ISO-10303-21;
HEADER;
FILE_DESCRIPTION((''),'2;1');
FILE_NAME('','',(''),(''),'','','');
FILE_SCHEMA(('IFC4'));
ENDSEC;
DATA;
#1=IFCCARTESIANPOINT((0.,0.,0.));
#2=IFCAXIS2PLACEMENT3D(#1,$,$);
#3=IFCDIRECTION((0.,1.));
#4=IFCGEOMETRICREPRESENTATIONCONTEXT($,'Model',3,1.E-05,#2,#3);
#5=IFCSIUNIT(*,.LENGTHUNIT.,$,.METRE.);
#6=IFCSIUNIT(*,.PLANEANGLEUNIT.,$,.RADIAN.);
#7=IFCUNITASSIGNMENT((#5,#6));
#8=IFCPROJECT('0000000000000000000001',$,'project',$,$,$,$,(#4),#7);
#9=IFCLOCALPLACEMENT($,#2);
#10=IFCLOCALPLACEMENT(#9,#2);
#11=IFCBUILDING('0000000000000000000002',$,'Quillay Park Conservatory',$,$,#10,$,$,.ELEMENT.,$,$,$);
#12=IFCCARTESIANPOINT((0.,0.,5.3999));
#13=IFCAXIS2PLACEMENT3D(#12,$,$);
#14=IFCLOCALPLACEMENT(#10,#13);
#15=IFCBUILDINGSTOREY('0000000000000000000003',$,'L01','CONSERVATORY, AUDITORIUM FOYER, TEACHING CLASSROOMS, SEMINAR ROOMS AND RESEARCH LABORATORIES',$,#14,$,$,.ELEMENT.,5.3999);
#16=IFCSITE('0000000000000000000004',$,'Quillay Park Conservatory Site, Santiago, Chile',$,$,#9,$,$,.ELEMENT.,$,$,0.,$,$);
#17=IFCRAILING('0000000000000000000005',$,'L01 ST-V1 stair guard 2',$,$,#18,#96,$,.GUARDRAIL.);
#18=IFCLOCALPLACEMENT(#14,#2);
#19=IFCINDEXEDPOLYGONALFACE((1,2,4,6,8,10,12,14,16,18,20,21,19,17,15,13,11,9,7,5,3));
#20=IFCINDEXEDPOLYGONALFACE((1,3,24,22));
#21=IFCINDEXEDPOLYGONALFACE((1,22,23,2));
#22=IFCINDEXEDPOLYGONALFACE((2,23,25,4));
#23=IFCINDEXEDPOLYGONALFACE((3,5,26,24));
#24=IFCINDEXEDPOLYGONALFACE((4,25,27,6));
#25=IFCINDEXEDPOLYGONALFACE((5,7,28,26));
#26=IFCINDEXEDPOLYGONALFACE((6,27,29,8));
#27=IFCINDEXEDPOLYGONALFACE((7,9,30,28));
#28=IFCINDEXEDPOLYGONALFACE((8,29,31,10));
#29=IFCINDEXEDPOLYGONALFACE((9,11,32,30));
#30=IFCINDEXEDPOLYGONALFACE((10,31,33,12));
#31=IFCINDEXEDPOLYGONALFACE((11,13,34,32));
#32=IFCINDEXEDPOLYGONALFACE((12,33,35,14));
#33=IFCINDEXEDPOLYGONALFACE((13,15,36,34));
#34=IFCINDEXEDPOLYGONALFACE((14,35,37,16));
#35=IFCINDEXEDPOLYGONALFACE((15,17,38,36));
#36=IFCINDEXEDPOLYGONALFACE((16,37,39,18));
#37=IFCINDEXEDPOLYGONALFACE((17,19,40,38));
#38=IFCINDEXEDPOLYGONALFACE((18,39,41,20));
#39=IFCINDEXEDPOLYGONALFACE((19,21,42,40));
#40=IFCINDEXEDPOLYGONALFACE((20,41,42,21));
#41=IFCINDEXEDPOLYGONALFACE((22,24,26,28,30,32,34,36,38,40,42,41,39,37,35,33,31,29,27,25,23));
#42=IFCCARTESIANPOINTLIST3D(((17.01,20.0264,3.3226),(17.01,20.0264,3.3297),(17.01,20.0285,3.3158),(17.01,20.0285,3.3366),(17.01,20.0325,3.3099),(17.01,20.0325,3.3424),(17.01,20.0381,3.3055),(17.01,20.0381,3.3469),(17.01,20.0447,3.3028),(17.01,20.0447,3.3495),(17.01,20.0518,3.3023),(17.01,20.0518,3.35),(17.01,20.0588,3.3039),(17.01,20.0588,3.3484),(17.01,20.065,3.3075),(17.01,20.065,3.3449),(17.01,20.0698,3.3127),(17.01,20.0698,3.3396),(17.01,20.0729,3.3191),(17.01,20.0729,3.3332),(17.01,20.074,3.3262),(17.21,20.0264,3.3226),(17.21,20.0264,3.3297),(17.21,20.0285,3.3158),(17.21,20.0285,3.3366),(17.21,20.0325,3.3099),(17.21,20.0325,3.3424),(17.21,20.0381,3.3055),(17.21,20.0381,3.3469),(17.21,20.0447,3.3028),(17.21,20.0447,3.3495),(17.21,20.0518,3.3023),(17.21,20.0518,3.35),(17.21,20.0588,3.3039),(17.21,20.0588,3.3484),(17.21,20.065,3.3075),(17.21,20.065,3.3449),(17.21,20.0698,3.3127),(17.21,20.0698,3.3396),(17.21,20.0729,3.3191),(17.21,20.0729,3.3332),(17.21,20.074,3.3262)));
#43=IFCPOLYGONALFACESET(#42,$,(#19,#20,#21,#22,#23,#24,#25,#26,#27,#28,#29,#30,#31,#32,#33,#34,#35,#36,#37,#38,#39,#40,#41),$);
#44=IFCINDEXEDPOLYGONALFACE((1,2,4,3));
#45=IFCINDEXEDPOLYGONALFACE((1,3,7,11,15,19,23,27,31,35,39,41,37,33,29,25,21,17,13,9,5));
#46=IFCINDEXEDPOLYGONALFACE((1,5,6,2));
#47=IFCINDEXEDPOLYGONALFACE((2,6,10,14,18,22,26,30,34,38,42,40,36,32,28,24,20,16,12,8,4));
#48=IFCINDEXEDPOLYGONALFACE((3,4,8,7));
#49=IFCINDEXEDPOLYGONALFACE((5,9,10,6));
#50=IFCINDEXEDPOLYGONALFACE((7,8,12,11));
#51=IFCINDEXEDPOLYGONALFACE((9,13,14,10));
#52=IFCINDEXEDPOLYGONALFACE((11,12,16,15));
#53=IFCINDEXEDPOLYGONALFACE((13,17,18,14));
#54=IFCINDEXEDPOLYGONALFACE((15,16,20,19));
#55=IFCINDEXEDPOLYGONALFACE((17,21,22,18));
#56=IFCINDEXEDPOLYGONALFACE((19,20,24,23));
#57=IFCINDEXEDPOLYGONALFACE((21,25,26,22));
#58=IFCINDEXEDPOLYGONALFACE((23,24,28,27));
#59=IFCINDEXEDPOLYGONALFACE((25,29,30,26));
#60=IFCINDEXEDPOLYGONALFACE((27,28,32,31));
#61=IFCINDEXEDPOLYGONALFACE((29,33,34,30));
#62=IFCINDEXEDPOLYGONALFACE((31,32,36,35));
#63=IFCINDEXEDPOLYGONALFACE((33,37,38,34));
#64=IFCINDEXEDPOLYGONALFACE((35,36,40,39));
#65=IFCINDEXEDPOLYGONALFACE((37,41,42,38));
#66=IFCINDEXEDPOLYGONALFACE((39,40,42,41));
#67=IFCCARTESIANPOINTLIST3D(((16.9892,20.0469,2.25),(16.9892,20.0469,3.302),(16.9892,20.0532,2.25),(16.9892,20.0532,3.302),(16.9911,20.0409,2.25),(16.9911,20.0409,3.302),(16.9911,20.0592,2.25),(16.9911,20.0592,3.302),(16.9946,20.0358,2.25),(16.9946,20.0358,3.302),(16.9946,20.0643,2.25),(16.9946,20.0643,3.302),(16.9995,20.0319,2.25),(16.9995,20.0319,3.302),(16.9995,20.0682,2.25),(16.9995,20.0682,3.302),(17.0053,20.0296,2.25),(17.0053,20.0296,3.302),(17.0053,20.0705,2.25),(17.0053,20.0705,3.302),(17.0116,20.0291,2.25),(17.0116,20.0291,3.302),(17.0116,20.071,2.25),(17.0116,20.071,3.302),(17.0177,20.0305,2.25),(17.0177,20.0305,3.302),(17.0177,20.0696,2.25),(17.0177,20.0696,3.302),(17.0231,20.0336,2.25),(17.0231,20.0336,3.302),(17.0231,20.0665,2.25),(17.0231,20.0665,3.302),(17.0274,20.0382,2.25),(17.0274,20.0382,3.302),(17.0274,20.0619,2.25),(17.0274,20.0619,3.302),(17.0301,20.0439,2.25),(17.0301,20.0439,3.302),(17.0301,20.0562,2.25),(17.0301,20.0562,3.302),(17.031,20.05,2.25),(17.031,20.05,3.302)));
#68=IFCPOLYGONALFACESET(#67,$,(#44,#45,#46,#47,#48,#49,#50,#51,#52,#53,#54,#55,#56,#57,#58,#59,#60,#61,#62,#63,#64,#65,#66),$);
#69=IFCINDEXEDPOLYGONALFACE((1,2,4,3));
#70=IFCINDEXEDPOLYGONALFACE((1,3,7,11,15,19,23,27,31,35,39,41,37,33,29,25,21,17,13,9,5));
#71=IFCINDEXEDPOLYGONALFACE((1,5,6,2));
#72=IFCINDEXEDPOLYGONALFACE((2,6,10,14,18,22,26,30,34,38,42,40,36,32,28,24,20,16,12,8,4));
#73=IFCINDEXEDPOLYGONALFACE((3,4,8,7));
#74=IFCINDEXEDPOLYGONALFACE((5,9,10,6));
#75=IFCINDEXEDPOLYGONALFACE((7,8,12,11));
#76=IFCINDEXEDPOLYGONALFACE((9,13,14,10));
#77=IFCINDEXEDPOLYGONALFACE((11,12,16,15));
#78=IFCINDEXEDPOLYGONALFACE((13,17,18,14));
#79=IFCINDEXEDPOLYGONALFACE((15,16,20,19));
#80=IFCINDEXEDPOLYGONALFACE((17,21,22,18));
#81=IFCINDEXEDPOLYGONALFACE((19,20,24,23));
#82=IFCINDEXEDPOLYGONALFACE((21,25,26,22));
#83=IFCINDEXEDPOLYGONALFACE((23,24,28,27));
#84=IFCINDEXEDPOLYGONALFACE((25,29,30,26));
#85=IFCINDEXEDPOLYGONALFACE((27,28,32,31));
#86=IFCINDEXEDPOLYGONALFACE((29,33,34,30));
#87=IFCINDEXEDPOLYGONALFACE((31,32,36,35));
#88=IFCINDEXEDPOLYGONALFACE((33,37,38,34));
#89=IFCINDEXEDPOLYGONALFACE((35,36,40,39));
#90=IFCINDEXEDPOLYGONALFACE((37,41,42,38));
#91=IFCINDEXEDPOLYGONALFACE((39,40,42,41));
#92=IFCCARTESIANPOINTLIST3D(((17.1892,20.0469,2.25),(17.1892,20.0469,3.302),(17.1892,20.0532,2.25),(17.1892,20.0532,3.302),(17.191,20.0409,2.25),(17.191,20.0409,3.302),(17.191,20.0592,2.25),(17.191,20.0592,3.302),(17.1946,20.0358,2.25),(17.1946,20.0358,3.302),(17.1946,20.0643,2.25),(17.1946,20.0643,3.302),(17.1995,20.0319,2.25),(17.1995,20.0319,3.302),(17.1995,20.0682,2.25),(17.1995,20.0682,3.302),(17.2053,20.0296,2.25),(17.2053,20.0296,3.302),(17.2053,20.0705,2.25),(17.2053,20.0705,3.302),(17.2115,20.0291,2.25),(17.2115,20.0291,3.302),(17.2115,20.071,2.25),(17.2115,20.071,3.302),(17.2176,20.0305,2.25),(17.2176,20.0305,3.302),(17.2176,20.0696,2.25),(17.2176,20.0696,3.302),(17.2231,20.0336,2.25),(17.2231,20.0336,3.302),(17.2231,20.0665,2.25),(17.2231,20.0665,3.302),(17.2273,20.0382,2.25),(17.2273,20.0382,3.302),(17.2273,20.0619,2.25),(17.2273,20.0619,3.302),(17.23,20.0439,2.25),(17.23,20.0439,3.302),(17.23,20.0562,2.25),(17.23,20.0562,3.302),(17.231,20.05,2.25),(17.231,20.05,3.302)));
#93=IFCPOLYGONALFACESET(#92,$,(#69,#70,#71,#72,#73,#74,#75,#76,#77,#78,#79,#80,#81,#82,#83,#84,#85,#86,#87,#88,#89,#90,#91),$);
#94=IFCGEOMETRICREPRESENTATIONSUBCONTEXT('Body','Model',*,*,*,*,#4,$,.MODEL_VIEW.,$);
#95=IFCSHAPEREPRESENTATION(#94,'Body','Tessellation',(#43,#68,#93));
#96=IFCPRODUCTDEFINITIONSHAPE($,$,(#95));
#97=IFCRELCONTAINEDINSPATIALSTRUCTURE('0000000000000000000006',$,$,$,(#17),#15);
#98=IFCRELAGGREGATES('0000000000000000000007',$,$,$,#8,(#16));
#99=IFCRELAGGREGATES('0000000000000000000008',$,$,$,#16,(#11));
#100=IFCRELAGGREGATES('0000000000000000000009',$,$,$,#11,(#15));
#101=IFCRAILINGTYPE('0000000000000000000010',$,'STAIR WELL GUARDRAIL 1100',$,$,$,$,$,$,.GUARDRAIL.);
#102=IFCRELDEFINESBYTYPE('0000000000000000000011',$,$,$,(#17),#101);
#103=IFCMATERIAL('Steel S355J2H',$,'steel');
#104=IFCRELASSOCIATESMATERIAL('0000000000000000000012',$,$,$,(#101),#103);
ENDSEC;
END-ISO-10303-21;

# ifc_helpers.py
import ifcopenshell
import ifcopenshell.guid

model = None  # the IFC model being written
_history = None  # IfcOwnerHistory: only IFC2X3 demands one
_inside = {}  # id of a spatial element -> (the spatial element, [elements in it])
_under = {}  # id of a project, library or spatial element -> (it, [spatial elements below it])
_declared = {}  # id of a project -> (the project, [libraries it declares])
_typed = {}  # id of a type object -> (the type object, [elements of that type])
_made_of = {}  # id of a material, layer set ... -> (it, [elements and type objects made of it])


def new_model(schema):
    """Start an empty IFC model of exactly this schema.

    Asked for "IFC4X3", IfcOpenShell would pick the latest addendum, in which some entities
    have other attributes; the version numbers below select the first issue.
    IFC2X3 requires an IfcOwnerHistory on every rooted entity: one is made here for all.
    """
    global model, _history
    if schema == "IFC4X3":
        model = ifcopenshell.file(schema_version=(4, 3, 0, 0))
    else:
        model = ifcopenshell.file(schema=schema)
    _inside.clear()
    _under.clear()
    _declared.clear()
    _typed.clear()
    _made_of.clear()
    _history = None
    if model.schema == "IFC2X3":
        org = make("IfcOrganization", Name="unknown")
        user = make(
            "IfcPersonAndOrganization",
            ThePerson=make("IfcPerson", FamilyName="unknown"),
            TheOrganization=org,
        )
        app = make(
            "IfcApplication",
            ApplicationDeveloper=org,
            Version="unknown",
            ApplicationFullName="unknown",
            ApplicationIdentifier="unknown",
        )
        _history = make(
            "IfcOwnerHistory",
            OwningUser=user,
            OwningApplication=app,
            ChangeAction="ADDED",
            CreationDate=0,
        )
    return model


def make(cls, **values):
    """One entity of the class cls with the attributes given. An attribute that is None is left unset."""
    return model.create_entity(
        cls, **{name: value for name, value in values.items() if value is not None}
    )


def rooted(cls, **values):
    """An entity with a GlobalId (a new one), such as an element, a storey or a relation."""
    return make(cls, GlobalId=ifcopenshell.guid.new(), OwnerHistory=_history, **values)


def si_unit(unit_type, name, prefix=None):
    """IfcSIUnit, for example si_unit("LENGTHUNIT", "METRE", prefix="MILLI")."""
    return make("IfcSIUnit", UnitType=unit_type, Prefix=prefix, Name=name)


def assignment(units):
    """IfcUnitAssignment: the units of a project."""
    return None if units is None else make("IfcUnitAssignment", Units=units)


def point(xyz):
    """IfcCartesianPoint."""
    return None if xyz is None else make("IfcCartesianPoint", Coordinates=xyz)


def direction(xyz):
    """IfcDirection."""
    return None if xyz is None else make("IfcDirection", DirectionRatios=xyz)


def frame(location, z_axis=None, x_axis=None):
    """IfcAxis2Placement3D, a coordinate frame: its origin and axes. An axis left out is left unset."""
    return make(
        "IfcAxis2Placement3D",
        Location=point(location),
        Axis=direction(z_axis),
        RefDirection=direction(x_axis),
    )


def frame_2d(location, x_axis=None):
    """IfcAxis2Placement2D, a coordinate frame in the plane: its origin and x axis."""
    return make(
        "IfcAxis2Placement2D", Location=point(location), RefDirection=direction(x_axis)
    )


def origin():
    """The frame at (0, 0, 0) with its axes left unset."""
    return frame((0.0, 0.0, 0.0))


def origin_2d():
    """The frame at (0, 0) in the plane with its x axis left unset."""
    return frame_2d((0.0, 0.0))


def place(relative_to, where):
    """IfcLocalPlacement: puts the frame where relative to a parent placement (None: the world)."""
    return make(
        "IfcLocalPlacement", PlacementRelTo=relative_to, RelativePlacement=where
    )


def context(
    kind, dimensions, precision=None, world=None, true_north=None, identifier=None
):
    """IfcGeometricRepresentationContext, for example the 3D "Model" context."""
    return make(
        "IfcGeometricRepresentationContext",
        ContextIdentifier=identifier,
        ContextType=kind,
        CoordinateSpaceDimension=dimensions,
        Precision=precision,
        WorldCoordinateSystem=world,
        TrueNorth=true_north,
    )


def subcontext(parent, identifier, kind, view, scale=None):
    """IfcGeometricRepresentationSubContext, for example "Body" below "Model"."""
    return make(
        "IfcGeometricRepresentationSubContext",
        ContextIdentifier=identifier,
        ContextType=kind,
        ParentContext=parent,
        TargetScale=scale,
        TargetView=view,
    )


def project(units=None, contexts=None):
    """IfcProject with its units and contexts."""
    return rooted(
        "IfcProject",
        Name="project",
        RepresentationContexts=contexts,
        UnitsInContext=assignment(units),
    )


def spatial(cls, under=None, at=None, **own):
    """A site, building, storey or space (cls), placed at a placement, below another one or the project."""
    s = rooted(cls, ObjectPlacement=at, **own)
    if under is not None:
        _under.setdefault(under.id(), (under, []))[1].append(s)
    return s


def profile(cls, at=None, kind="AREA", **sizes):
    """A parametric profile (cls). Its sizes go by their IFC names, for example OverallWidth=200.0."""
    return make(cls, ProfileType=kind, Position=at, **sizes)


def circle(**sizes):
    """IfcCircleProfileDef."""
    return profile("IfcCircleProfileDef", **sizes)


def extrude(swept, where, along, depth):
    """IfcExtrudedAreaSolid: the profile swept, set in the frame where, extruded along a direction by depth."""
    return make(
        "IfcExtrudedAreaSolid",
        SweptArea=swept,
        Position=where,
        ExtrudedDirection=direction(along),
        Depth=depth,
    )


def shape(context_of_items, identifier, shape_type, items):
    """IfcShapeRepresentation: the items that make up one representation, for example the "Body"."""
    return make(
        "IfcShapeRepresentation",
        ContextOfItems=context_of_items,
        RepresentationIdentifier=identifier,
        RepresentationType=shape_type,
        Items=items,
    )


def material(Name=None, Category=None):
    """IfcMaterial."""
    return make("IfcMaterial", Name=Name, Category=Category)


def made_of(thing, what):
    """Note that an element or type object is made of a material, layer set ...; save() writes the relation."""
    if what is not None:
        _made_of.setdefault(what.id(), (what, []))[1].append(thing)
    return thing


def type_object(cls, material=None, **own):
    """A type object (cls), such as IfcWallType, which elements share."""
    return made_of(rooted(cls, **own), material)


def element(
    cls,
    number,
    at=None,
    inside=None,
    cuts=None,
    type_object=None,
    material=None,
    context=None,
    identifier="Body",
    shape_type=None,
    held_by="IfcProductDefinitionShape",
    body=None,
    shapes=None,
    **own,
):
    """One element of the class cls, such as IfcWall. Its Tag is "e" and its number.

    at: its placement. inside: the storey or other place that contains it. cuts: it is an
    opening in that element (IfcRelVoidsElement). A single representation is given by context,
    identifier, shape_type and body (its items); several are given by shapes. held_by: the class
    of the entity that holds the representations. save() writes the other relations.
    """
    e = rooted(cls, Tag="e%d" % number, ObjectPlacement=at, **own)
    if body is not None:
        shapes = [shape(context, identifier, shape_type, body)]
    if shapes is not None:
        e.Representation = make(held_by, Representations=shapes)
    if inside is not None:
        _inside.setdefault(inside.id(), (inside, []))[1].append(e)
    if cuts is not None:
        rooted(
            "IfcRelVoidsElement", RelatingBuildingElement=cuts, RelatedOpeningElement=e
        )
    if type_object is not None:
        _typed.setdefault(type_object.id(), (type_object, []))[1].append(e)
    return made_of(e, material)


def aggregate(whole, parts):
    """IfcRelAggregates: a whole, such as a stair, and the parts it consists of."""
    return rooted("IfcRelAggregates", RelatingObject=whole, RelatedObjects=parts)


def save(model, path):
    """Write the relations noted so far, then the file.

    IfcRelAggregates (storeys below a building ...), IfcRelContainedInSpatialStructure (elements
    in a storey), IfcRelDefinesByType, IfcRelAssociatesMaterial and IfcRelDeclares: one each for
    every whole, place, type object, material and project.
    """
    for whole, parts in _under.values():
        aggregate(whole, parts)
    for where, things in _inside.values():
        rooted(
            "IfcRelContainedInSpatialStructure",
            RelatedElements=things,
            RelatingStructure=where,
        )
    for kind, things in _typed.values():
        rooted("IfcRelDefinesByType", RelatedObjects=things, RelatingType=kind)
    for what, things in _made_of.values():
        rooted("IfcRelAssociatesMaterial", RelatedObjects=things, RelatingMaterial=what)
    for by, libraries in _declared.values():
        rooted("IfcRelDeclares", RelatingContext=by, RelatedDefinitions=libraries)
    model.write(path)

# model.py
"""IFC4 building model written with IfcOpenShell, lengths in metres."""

from ifc_helpers import new_model, si_unit, direction, frame, origin, origin_2d, place, context, subcontext, project, spatial, circle, extrude, material, type_object, element, save


model = new_model("IFC4")

# Units and contexts
model_context = context("Model", 3, precision=1e-05, world=origin(), true_north=direction((0.0, 1.0)))
body_context = subcontext(model_context, "Body", "Model", "MODEL_VIEW")
ifc_project = project(units=[si_unit("LENGTHUNIT", "METRE"), si_unit("PLANEANGLEUNIT", "RADIAN")], contexts=[model_context])

# Site, building, storey
site_placement = place(None, origin())
site = spatial("IfcSite", under=ifc_project, at=site_placement, Name="Quillay Park Conservatory Site, Santiago, Chile", CompositionType="ELEMENT", RefElevation=0.0)
building_placement = place(site_placement, origin())
building = spatial("IfcBuilding", under=site, at=building_placement, Name="Quillay Park Conservatory", CompositionType="ELEMENT")
storey_placement = place(building_placement, frame((0.0, 0.0, 5.3999)))
storey = spatial("IfcBuildingStorey", under=building, at=storey_placement, Name="L01", Description="CONSERVATORY, AUDITORIUM FOYER, TEACHING CLASSROOMS, SEMINAR ROOMS AND RESEARCH LABORATORIES", CompositionType="ELEMENT", Elevation=5.3999)

# Railing
ifc_material_1 = material(Name="Steel S355J2H", Category="steel")
railing_type_1 = type_object("IfcRailingType", Name="STAIR WELL GUARDRAIL 1100", PredefinedType="GUARDRAIL", material=ifc_material_1)
railing_1_placement = place(storey_placement, frame((17.01, 20.05, 2.25)))
element("IfcRailing", 1, at=railing_1_placement, inside=storey, type_object=railing_type_1, Name="L01 ST-V1 stair guard 2", PredefinedType="GUARDRAIL", context=body_context, shape_type="SweptSolid", body=[
    extrude(circle(Radius=0.0239, at=origin_2d()), frame((0.0, 0.0, 1.0762), z_axis=(1.0, 0.0, 0.0), x_axis=(0.0, 1.0, 0.0)), (0.0, 0.0, 1.0), 0.2),
    extrude(circle(Radius=0.021, at=origin_2d()), origin(), (0.0, 0.0, 1.0), 1.052),
    extrude(circle(Radius=0.021, at=origin_2d()), frame((0.2, 0.0, 0.0)), (0.0, 0.0, 1.0), 1.052),
])

save(model, "model.ifc")
